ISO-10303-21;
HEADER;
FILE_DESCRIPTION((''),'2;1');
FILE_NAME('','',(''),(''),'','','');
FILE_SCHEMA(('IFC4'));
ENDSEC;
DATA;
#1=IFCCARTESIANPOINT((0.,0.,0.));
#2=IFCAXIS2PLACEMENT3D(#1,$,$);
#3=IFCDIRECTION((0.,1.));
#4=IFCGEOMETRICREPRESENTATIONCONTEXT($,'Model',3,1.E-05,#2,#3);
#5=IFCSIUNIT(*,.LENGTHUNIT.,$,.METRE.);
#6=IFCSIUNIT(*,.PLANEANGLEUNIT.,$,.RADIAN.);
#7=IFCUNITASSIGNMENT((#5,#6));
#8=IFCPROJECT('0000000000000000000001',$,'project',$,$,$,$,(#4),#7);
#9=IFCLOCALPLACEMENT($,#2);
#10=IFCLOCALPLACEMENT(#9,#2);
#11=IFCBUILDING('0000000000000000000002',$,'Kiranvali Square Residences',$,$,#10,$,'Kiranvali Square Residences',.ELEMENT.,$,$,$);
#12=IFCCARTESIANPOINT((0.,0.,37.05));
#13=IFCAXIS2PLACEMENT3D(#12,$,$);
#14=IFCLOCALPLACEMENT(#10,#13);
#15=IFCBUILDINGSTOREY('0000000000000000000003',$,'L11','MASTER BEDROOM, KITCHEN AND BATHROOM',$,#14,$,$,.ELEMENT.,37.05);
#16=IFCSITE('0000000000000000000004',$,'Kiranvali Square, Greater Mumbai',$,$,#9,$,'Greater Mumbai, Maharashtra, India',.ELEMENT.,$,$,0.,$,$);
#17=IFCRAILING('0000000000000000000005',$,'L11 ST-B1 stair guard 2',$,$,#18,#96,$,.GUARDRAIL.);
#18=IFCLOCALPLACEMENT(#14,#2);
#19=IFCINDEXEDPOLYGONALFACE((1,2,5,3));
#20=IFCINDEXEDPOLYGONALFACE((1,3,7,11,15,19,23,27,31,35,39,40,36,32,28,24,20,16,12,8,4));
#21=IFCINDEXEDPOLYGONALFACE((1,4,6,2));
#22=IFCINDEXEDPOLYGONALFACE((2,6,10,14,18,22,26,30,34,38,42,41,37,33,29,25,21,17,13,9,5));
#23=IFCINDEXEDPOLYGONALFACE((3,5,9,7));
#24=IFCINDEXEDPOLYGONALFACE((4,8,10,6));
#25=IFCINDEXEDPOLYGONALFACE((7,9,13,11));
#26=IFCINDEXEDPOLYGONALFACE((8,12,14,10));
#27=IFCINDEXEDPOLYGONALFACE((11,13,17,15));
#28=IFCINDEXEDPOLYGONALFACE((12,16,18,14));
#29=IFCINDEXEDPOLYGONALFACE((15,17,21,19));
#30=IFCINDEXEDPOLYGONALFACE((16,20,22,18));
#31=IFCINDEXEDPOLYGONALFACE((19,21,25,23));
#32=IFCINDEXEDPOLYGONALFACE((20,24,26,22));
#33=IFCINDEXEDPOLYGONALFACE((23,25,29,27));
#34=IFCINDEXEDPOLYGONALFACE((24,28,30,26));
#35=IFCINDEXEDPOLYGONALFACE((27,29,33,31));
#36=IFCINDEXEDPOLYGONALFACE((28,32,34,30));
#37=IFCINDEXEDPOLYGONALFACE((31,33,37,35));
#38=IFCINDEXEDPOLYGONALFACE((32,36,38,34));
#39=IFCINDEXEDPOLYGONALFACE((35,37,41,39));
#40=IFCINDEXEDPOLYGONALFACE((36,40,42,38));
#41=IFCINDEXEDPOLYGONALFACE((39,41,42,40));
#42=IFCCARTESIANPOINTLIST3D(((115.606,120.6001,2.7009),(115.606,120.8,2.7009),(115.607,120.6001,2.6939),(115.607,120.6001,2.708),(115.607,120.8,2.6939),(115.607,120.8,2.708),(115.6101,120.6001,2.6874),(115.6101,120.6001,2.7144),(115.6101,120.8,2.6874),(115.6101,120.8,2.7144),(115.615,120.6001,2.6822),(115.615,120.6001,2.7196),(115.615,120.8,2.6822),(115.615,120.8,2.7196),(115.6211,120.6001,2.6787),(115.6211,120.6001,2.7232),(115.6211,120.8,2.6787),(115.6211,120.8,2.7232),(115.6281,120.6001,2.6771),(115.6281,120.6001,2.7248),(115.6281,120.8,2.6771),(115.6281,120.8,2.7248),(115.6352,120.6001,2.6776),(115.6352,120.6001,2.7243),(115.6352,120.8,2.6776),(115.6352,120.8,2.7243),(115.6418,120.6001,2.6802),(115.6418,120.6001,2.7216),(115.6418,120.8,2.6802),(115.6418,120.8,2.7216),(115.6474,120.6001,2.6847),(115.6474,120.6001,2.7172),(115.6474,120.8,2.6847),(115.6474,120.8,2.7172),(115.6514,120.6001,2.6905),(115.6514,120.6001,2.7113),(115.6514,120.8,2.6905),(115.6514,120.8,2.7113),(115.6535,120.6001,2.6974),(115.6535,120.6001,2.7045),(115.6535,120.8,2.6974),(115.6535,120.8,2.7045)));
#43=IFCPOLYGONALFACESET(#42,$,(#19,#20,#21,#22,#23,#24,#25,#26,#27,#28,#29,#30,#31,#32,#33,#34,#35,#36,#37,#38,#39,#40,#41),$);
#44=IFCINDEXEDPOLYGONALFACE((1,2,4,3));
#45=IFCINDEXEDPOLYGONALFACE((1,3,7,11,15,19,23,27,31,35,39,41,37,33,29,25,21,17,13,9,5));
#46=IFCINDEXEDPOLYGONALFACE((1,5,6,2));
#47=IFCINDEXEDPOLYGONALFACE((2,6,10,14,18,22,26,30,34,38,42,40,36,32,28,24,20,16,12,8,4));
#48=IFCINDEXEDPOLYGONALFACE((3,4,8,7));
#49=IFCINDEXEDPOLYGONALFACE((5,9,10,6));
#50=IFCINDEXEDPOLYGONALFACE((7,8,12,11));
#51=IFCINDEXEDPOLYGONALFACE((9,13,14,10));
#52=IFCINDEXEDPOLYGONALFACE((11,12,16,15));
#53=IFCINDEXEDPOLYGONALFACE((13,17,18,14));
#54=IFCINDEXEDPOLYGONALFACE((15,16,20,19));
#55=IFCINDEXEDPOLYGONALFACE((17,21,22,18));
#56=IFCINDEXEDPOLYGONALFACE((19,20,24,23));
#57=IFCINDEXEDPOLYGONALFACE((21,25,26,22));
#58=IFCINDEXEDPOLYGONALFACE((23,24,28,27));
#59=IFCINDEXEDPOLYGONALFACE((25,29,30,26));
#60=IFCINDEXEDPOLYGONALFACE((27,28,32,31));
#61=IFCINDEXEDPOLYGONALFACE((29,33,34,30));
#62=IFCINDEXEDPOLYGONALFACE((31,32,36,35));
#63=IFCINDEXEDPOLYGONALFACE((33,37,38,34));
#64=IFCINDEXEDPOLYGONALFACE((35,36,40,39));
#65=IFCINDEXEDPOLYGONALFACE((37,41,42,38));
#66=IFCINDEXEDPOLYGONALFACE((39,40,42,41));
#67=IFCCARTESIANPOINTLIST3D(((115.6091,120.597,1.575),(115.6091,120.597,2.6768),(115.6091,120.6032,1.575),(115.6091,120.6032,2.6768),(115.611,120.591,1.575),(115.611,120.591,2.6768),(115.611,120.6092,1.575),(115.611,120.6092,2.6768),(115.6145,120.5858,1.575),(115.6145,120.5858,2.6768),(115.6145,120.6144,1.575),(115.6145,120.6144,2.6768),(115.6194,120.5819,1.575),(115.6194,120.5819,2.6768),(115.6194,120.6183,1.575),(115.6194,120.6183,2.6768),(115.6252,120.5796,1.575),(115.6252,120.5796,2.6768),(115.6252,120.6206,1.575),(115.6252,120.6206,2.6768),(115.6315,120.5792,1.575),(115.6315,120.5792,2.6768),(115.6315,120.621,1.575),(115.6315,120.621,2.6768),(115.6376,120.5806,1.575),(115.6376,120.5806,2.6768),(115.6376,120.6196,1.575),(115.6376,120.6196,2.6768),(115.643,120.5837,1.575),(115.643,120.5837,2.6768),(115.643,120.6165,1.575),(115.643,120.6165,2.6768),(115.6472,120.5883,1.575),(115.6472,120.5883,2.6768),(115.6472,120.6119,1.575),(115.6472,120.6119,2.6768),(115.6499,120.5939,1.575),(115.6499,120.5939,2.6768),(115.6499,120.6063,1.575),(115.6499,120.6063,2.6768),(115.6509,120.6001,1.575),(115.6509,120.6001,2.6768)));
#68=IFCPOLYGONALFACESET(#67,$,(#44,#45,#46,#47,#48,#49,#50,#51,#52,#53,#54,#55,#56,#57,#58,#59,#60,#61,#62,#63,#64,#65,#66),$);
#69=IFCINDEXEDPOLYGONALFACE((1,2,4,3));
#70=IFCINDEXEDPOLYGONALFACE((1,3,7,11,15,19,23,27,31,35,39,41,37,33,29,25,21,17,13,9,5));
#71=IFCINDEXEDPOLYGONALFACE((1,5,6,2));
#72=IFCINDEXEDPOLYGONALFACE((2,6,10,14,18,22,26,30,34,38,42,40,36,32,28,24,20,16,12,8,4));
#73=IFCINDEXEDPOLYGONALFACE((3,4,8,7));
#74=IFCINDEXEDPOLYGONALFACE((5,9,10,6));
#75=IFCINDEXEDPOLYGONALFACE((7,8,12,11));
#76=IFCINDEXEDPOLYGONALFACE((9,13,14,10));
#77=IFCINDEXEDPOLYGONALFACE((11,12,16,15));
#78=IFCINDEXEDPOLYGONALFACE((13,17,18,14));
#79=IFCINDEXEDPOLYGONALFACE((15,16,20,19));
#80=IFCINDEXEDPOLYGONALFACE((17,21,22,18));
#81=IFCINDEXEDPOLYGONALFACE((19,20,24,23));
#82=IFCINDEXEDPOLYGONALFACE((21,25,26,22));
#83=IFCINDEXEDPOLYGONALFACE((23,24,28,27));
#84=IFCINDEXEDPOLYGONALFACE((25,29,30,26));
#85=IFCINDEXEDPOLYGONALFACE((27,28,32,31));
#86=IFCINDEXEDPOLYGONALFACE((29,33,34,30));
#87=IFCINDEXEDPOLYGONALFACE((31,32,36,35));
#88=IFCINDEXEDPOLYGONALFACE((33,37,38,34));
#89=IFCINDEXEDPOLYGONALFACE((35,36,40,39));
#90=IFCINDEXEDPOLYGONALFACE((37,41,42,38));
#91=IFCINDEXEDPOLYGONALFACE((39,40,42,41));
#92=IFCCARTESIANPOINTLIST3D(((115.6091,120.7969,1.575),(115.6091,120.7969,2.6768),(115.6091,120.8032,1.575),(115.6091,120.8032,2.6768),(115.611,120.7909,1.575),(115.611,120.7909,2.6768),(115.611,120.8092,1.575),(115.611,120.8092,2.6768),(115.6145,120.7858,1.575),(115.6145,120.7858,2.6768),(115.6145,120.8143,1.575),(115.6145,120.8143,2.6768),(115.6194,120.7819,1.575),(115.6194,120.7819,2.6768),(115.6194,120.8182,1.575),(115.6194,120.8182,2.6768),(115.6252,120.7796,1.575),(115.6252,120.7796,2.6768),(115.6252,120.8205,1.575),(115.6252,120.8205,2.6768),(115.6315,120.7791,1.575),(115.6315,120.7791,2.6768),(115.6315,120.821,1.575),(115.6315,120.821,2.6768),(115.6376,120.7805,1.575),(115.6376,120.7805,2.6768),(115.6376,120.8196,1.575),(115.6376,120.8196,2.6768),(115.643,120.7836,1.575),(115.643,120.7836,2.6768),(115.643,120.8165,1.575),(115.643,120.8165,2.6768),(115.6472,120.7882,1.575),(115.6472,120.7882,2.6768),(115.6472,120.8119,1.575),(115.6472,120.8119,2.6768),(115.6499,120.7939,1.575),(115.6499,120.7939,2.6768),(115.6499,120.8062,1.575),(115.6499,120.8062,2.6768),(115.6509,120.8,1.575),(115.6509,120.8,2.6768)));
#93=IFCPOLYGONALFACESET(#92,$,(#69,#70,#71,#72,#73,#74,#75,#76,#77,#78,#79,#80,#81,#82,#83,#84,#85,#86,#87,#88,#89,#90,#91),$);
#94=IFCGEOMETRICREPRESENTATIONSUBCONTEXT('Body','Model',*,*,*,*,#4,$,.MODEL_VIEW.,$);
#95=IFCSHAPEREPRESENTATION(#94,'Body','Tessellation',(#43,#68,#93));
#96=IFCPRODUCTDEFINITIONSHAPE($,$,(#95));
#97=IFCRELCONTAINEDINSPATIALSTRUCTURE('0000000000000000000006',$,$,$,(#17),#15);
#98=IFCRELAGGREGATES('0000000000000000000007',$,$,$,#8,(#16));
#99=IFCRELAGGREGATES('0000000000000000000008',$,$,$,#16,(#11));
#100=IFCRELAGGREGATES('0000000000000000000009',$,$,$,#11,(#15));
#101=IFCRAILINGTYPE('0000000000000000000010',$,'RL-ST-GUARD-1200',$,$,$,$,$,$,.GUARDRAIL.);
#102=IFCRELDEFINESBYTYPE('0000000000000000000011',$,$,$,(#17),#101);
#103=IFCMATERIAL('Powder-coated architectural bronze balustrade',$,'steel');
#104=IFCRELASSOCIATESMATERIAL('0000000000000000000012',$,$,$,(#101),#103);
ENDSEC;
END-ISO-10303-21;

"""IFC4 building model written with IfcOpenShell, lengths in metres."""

from ifc_helpers import new_model, si_unit, direction, frame, origin, origin_2d, place, context, subcontext, project, spatial, circle, extrude, material, type_object, element, save


model = new_model("IFC4")

# Units and contexts
model_context = context("Model", 3, precision=1e-05, world=origin(), true_north=direction((0.0, 1.0)))
body_context = subcontext(model_context, "Body", "Model", "MODEL_VIEW")
ifc_project = project(units=[si_unit("LENGTHUNIT", "METRE"), si_unit("PLANEANGLEUNIT", "RADIAN")], contexts=[model_context])

# Site, building, storey
site_placement = place(None, origin())
site = spatial("IfcSite", under=ifc_project, at=site_placement, Name="Kiranvali Square, Greater Mumbai", LongName="Greater Mumbai, Maharashtra, India", CompositionType="ELEMENT", RefElevation=0.0)
building_placement = place(site_placement, origin())
building = spatial("IfcBuilding", under=site, at=building_placement, Name="Kiranvali Square Residences", LongName="Kiranvali Square Residences", CompositionType="ELEMENT")
storey_placement = place(building_placement, frame((0.0, 0.0, 37.05)))
storey = spatial("IfcBuildingStorey", under=building, at=storey_placement, Name="L11", Description="MASTER BEDROOM, KITCHEN AND BATHROOM", CompositionType="ELEMENT", Elevation=37.05)

# Railing
ifc_material_1 = material(Name="Powder-coated architectural bronze balustrade", Category="steel")
railing_type_1 = type_object("IfcRailingType", Name="RL-ST-GUARD-1200", PredefinedType="GUARDRAIL", material=ifc_material_1)
railing_1_placement = place(storey_placement, frame((115.6299, 120.6001, 1.575)))
element("IfcRailing", 1, at=railing_1_placement, inside=storey, type_object=railing_type_1, Name="L11 ST-B1 stair guard 2", PredefinedType="GUARDRAIL", context=body_context, shape_type="SweptSolid", body=[
    extrude(circle(Radius=0.0239, at=origin_2d()), frame((0.0, 0.0, 1.126), z_axis=(0.0, 1.0, 0.0), x_axis=(-1.0, 0.0, 0.0)), (0.0, 0.0, 1.0), 0.2),
    extrude(circle(Radius=0.021, at=origin_2d()), origin(), (0.0, 0.0, 1.0), 1.1018),
    extrude(circle(Radius=0.021, at=origin_2d()), frame((0.0, 0.2, 0.0)), (0.0, 0.0, 1.0), 1.1018),
])

save(model, "model.ifc")
